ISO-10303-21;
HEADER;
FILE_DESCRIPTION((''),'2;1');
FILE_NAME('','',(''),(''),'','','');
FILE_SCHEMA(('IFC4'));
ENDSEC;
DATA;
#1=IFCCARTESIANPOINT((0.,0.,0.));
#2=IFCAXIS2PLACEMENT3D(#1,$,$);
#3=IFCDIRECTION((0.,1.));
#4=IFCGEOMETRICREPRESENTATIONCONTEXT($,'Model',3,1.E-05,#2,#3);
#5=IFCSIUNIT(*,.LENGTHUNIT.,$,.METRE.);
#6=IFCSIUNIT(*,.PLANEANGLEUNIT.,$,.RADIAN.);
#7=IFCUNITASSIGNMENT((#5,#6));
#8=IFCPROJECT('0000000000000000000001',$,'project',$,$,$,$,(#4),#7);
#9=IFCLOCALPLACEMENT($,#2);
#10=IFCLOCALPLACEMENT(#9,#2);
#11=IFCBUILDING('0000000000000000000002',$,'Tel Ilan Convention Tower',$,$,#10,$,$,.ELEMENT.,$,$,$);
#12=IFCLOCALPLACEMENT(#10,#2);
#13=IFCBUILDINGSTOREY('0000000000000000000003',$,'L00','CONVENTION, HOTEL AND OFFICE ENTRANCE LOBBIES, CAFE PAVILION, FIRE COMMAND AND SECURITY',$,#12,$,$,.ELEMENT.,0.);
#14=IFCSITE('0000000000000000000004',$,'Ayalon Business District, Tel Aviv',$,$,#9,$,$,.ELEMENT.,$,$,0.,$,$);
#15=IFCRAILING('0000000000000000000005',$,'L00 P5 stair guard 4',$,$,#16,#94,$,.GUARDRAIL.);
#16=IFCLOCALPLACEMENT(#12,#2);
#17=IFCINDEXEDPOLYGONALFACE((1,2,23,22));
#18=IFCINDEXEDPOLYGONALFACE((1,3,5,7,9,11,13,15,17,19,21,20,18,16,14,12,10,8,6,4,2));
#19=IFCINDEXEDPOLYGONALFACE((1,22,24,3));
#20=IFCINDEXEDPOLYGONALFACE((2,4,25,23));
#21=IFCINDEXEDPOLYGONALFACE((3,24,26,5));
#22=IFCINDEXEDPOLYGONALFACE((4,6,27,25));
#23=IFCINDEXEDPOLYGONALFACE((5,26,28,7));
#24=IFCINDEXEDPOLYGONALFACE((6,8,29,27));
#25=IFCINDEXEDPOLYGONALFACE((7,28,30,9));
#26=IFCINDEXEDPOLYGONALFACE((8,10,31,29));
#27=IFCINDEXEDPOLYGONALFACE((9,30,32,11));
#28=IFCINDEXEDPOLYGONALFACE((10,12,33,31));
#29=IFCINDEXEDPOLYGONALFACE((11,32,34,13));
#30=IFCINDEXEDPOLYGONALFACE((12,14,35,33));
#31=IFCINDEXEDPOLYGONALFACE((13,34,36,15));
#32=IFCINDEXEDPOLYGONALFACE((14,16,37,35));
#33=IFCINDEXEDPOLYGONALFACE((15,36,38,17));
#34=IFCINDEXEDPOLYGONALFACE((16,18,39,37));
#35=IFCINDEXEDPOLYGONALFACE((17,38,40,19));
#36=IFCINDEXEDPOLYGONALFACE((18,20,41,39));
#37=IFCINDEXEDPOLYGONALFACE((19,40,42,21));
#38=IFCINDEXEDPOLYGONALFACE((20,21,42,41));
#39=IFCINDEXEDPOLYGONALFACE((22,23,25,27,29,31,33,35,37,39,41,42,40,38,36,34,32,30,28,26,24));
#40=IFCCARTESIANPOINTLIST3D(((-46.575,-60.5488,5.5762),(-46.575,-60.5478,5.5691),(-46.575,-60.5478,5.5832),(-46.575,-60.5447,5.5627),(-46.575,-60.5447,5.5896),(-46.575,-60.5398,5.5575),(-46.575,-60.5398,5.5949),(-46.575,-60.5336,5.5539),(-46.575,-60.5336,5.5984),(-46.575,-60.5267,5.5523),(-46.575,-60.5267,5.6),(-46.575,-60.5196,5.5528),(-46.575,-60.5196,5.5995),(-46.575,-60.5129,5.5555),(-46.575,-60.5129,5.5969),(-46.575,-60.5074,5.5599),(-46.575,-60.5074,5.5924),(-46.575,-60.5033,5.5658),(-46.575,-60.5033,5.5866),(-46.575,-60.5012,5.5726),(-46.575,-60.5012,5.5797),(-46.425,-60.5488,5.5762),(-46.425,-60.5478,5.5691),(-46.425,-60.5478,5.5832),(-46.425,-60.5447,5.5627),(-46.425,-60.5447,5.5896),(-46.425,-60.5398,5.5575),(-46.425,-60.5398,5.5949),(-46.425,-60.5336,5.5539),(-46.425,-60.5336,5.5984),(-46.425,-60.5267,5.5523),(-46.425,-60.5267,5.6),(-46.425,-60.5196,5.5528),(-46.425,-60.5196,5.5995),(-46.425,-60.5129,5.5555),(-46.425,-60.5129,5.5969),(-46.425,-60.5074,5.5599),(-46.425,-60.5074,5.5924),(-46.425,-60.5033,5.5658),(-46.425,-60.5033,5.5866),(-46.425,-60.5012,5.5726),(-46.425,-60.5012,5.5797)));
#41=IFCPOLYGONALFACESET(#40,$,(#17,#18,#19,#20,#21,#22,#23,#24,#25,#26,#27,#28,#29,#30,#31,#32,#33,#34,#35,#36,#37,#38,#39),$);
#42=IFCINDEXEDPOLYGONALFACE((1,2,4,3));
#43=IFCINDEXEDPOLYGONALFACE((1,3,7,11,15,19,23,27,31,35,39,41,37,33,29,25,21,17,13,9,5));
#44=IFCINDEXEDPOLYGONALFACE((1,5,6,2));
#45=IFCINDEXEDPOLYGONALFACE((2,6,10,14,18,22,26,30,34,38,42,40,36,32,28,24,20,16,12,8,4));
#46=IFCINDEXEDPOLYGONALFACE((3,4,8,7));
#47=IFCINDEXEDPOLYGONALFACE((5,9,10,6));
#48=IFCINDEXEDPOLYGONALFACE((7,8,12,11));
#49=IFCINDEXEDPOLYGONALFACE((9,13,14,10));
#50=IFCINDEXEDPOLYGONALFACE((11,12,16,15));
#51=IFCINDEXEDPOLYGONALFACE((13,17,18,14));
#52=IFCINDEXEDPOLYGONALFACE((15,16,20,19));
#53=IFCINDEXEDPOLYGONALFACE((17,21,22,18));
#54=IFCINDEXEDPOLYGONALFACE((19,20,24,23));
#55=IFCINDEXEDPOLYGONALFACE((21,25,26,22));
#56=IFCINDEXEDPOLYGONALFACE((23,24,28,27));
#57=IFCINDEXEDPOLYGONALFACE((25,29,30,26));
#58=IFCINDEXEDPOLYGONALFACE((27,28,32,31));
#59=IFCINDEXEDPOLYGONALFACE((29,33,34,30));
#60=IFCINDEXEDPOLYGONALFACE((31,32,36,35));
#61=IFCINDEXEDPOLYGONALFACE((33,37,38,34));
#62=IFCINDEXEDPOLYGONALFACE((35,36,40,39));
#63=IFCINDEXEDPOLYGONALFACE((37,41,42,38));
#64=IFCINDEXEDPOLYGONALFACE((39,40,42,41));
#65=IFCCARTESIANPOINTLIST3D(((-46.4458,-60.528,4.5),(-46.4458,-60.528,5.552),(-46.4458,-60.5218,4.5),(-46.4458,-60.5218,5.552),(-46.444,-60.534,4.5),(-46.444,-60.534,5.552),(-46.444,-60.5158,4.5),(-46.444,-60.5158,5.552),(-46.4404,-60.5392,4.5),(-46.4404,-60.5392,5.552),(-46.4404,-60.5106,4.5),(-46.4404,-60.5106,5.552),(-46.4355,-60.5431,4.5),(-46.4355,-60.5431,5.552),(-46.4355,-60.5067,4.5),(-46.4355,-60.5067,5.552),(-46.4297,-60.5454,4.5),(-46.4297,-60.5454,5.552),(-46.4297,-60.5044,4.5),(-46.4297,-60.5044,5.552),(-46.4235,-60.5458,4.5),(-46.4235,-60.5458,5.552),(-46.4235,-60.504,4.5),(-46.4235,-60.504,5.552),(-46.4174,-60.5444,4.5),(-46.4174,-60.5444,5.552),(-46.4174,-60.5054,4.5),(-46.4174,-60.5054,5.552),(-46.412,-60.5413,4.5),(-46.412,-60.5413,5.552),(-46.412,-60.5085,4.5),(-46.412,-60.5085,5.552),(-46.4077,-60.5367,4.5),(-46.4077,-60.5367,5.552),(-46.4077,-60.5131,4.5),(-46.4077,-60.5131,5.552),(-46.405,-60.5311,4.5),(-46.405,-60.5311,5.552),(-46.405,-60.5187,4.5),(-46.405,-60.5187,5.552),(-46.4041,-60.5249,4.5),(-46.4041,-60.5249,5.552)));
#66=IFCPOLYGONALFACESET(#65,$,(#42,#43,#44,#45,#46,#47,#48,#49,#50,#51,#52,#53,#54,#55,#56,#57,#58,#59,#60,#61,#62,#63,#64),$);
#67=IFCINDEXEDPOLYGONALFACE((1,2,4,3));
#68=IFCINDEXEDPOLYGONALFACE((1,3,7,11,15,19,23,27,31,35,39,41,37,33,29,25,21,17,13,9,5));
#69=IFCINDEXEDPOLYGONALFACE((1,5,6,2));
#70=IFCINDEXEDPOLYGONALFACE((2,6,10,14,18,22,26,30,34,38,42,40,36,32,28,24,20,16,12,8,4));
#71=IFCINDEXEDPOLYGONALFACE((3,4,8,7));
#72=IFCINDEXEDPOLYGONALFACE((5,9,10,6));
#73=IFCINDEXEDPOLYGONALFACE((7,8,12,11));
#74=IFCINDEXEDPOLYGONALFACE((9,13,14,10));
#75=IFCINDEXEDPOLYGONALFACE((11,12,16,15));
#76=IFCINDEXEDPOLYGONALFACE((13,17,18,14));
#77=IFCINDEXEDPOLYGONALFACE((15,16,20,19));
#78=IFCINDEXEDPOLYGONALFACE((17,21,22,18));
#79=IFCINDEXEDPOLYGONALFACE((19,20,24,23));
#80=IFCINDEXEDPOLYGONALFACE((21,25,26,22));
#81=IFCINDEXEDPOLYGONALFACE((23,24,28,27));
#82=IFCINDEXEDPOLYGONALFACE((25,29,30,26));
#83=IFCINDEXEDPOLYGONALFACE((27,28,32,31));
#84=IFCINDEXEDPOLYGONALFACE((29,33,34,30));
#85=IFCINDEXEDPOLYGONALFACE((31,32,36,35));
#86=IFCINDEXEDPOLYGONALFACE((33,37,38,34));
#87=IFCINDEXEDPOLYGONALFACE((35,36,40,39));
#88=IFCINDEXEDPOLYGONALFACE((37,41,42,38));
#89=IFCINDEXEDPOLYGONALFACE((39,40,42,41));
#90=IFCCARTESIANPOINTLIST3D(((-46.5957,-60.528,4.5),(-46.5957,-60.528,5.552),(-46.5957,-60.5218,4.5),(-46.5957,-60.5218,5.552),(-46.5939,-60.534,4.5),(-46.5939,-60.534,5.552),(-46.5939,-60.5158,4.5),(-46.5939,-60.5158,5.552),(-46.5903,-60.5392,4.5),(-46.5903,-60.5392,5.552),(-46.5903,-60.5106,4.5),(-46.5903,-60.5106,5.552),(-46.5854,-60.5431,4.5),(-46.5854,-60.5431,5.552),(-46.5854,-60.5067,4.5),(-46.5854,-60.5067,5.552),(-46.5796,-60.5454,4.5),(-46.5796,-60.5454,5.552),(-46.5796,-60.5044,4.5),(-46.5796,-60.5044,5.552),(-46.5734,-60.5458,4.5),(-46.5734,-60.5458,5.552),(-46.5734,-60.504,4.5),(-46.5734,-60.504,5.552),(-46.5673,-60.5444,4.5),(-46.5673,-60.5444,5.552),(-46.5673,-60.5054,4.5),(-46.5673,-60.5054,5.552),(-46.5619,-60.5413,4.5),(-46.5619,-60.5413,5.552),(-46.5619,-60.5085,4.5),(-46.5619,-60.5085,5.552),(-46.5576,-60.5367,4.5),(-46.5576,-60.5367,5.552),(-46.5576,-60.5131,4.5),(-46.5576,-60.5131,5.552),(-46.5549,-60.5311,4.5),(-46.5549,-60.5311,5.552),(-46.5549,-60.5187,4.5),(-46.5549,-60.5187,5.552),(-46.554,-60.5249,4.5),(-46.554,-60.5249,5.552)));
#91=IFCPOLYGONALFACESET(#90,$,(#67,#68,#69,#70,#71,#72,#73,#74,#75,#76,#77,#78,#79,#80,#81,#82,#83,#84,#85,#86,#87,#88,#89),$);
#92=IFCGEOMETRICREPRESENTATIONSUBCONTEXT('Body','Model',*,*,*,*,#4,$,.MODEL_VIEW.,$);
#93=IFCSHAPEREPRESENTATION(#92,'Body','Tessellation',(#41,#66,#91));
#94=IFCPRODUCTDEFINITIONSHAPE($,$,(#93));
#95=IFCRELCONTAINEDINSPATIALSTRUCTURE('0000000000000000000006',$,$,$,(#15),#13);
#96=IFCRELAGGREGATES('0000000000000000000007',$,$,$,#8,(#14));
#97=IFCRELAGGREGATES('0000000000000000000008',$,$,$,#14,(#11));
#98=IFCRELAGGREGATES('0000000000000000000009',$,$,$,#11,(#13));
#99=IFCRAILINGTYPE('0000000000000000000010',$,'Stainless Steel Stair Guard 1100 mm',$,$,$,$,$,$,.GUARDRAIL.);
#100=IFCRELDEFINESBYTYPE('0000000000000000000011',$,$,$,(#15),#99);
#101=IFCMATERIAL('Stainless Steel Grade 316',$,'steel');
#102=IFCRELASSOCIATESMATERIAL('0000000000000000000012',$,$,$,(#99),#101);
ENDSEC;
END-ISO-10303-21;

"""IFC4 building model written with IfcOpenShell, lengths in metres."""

from ifc_helpers import new_model, si_unit, direction, frame, origin, origin_2d, place, context, subcontext, project, spatial, circle, extrude, material, type_object, element, save


model = new_model("IFC4")

# Units and contexts
model_context = context("Model", 3, precision=1e-05, world=origin(), true_north=direction((0.0, 1.0)))
body_context = subcontext(model_context, "Body", "Model", "MODEL_VIEW")
ifc_project = project(units=[si_unit("LENGTHUNIT", "METRE"), si_unit("PLANEANGLEUNIT", "RADIAN")], contexts=[model_context])

# Site, building, storey
site_placement = place(None, origin())
site = spatial("IfcSite", under=ifc_project, at=site_placement, Name="Ayalon Business District, Tel Aviv", CompositionType="ELEMENT", RefElevation=0.0)
building_placement = place(site_placement, origin())
building = spatial("IfcBuilding", under=site, at=building_placement, Name="Tel Ilan Convention Tower", CompositionType="ELEMENT")
storey_placement = place(building_placement, origin())
storey = spatial("IfcBuildingStorey", under=building, at=storey_placement, Name="L00", Description="CONVENTION, HOTEL AND OFFICE ENTRANCE LOBBIES, CAFE PAVILION, FIRE COMMAND AND SECURITY", CompositionType="ELEMENT", Elevation=0.0)

# Railing
ifc_material_1 = material(Name="Stainless Steel Grade 316", Category="steel")
railing_type_1 = type_object("IfcRailingType", Name="Stainless Steel Stair Guard 1100 mm", PredefinedType="GUARDRAIL", material=ifc_material_1)
railing_1_placement = place(storey_placement, frame((-46.425, -60.5249, 4.5)))
element("IfcRailing", 1, at=railing_1_placement, inside=storey, type_object=railing_type_1, Name="L00 P5 stair guard 4", PredefinedType="GUARDRAIL", context=body_context, shape_type="SweptSolid", body=[
    extrude(circle(Radius=0.0239, at=origin_2d()), frame((0.0, 0.0, 1.0762), z_axis=(-1.0, 0.0, 0.0), x_axis=(0.0, -1.0, 0.0)), (0.0, 0.0, 1.0), 0.1499),
    extrude(circle(Radius=0.021, at=origin_2d()), origin(), (0.0, 0.0, 1.0), 1.052),
    extrude(circle(Radius=0.021, at=origin_2d()), frame((-0.1499, 0.0, 0.0)), (0.0, 0.0, 1.0), 1.052),
])

save(model, "model.ifc")
